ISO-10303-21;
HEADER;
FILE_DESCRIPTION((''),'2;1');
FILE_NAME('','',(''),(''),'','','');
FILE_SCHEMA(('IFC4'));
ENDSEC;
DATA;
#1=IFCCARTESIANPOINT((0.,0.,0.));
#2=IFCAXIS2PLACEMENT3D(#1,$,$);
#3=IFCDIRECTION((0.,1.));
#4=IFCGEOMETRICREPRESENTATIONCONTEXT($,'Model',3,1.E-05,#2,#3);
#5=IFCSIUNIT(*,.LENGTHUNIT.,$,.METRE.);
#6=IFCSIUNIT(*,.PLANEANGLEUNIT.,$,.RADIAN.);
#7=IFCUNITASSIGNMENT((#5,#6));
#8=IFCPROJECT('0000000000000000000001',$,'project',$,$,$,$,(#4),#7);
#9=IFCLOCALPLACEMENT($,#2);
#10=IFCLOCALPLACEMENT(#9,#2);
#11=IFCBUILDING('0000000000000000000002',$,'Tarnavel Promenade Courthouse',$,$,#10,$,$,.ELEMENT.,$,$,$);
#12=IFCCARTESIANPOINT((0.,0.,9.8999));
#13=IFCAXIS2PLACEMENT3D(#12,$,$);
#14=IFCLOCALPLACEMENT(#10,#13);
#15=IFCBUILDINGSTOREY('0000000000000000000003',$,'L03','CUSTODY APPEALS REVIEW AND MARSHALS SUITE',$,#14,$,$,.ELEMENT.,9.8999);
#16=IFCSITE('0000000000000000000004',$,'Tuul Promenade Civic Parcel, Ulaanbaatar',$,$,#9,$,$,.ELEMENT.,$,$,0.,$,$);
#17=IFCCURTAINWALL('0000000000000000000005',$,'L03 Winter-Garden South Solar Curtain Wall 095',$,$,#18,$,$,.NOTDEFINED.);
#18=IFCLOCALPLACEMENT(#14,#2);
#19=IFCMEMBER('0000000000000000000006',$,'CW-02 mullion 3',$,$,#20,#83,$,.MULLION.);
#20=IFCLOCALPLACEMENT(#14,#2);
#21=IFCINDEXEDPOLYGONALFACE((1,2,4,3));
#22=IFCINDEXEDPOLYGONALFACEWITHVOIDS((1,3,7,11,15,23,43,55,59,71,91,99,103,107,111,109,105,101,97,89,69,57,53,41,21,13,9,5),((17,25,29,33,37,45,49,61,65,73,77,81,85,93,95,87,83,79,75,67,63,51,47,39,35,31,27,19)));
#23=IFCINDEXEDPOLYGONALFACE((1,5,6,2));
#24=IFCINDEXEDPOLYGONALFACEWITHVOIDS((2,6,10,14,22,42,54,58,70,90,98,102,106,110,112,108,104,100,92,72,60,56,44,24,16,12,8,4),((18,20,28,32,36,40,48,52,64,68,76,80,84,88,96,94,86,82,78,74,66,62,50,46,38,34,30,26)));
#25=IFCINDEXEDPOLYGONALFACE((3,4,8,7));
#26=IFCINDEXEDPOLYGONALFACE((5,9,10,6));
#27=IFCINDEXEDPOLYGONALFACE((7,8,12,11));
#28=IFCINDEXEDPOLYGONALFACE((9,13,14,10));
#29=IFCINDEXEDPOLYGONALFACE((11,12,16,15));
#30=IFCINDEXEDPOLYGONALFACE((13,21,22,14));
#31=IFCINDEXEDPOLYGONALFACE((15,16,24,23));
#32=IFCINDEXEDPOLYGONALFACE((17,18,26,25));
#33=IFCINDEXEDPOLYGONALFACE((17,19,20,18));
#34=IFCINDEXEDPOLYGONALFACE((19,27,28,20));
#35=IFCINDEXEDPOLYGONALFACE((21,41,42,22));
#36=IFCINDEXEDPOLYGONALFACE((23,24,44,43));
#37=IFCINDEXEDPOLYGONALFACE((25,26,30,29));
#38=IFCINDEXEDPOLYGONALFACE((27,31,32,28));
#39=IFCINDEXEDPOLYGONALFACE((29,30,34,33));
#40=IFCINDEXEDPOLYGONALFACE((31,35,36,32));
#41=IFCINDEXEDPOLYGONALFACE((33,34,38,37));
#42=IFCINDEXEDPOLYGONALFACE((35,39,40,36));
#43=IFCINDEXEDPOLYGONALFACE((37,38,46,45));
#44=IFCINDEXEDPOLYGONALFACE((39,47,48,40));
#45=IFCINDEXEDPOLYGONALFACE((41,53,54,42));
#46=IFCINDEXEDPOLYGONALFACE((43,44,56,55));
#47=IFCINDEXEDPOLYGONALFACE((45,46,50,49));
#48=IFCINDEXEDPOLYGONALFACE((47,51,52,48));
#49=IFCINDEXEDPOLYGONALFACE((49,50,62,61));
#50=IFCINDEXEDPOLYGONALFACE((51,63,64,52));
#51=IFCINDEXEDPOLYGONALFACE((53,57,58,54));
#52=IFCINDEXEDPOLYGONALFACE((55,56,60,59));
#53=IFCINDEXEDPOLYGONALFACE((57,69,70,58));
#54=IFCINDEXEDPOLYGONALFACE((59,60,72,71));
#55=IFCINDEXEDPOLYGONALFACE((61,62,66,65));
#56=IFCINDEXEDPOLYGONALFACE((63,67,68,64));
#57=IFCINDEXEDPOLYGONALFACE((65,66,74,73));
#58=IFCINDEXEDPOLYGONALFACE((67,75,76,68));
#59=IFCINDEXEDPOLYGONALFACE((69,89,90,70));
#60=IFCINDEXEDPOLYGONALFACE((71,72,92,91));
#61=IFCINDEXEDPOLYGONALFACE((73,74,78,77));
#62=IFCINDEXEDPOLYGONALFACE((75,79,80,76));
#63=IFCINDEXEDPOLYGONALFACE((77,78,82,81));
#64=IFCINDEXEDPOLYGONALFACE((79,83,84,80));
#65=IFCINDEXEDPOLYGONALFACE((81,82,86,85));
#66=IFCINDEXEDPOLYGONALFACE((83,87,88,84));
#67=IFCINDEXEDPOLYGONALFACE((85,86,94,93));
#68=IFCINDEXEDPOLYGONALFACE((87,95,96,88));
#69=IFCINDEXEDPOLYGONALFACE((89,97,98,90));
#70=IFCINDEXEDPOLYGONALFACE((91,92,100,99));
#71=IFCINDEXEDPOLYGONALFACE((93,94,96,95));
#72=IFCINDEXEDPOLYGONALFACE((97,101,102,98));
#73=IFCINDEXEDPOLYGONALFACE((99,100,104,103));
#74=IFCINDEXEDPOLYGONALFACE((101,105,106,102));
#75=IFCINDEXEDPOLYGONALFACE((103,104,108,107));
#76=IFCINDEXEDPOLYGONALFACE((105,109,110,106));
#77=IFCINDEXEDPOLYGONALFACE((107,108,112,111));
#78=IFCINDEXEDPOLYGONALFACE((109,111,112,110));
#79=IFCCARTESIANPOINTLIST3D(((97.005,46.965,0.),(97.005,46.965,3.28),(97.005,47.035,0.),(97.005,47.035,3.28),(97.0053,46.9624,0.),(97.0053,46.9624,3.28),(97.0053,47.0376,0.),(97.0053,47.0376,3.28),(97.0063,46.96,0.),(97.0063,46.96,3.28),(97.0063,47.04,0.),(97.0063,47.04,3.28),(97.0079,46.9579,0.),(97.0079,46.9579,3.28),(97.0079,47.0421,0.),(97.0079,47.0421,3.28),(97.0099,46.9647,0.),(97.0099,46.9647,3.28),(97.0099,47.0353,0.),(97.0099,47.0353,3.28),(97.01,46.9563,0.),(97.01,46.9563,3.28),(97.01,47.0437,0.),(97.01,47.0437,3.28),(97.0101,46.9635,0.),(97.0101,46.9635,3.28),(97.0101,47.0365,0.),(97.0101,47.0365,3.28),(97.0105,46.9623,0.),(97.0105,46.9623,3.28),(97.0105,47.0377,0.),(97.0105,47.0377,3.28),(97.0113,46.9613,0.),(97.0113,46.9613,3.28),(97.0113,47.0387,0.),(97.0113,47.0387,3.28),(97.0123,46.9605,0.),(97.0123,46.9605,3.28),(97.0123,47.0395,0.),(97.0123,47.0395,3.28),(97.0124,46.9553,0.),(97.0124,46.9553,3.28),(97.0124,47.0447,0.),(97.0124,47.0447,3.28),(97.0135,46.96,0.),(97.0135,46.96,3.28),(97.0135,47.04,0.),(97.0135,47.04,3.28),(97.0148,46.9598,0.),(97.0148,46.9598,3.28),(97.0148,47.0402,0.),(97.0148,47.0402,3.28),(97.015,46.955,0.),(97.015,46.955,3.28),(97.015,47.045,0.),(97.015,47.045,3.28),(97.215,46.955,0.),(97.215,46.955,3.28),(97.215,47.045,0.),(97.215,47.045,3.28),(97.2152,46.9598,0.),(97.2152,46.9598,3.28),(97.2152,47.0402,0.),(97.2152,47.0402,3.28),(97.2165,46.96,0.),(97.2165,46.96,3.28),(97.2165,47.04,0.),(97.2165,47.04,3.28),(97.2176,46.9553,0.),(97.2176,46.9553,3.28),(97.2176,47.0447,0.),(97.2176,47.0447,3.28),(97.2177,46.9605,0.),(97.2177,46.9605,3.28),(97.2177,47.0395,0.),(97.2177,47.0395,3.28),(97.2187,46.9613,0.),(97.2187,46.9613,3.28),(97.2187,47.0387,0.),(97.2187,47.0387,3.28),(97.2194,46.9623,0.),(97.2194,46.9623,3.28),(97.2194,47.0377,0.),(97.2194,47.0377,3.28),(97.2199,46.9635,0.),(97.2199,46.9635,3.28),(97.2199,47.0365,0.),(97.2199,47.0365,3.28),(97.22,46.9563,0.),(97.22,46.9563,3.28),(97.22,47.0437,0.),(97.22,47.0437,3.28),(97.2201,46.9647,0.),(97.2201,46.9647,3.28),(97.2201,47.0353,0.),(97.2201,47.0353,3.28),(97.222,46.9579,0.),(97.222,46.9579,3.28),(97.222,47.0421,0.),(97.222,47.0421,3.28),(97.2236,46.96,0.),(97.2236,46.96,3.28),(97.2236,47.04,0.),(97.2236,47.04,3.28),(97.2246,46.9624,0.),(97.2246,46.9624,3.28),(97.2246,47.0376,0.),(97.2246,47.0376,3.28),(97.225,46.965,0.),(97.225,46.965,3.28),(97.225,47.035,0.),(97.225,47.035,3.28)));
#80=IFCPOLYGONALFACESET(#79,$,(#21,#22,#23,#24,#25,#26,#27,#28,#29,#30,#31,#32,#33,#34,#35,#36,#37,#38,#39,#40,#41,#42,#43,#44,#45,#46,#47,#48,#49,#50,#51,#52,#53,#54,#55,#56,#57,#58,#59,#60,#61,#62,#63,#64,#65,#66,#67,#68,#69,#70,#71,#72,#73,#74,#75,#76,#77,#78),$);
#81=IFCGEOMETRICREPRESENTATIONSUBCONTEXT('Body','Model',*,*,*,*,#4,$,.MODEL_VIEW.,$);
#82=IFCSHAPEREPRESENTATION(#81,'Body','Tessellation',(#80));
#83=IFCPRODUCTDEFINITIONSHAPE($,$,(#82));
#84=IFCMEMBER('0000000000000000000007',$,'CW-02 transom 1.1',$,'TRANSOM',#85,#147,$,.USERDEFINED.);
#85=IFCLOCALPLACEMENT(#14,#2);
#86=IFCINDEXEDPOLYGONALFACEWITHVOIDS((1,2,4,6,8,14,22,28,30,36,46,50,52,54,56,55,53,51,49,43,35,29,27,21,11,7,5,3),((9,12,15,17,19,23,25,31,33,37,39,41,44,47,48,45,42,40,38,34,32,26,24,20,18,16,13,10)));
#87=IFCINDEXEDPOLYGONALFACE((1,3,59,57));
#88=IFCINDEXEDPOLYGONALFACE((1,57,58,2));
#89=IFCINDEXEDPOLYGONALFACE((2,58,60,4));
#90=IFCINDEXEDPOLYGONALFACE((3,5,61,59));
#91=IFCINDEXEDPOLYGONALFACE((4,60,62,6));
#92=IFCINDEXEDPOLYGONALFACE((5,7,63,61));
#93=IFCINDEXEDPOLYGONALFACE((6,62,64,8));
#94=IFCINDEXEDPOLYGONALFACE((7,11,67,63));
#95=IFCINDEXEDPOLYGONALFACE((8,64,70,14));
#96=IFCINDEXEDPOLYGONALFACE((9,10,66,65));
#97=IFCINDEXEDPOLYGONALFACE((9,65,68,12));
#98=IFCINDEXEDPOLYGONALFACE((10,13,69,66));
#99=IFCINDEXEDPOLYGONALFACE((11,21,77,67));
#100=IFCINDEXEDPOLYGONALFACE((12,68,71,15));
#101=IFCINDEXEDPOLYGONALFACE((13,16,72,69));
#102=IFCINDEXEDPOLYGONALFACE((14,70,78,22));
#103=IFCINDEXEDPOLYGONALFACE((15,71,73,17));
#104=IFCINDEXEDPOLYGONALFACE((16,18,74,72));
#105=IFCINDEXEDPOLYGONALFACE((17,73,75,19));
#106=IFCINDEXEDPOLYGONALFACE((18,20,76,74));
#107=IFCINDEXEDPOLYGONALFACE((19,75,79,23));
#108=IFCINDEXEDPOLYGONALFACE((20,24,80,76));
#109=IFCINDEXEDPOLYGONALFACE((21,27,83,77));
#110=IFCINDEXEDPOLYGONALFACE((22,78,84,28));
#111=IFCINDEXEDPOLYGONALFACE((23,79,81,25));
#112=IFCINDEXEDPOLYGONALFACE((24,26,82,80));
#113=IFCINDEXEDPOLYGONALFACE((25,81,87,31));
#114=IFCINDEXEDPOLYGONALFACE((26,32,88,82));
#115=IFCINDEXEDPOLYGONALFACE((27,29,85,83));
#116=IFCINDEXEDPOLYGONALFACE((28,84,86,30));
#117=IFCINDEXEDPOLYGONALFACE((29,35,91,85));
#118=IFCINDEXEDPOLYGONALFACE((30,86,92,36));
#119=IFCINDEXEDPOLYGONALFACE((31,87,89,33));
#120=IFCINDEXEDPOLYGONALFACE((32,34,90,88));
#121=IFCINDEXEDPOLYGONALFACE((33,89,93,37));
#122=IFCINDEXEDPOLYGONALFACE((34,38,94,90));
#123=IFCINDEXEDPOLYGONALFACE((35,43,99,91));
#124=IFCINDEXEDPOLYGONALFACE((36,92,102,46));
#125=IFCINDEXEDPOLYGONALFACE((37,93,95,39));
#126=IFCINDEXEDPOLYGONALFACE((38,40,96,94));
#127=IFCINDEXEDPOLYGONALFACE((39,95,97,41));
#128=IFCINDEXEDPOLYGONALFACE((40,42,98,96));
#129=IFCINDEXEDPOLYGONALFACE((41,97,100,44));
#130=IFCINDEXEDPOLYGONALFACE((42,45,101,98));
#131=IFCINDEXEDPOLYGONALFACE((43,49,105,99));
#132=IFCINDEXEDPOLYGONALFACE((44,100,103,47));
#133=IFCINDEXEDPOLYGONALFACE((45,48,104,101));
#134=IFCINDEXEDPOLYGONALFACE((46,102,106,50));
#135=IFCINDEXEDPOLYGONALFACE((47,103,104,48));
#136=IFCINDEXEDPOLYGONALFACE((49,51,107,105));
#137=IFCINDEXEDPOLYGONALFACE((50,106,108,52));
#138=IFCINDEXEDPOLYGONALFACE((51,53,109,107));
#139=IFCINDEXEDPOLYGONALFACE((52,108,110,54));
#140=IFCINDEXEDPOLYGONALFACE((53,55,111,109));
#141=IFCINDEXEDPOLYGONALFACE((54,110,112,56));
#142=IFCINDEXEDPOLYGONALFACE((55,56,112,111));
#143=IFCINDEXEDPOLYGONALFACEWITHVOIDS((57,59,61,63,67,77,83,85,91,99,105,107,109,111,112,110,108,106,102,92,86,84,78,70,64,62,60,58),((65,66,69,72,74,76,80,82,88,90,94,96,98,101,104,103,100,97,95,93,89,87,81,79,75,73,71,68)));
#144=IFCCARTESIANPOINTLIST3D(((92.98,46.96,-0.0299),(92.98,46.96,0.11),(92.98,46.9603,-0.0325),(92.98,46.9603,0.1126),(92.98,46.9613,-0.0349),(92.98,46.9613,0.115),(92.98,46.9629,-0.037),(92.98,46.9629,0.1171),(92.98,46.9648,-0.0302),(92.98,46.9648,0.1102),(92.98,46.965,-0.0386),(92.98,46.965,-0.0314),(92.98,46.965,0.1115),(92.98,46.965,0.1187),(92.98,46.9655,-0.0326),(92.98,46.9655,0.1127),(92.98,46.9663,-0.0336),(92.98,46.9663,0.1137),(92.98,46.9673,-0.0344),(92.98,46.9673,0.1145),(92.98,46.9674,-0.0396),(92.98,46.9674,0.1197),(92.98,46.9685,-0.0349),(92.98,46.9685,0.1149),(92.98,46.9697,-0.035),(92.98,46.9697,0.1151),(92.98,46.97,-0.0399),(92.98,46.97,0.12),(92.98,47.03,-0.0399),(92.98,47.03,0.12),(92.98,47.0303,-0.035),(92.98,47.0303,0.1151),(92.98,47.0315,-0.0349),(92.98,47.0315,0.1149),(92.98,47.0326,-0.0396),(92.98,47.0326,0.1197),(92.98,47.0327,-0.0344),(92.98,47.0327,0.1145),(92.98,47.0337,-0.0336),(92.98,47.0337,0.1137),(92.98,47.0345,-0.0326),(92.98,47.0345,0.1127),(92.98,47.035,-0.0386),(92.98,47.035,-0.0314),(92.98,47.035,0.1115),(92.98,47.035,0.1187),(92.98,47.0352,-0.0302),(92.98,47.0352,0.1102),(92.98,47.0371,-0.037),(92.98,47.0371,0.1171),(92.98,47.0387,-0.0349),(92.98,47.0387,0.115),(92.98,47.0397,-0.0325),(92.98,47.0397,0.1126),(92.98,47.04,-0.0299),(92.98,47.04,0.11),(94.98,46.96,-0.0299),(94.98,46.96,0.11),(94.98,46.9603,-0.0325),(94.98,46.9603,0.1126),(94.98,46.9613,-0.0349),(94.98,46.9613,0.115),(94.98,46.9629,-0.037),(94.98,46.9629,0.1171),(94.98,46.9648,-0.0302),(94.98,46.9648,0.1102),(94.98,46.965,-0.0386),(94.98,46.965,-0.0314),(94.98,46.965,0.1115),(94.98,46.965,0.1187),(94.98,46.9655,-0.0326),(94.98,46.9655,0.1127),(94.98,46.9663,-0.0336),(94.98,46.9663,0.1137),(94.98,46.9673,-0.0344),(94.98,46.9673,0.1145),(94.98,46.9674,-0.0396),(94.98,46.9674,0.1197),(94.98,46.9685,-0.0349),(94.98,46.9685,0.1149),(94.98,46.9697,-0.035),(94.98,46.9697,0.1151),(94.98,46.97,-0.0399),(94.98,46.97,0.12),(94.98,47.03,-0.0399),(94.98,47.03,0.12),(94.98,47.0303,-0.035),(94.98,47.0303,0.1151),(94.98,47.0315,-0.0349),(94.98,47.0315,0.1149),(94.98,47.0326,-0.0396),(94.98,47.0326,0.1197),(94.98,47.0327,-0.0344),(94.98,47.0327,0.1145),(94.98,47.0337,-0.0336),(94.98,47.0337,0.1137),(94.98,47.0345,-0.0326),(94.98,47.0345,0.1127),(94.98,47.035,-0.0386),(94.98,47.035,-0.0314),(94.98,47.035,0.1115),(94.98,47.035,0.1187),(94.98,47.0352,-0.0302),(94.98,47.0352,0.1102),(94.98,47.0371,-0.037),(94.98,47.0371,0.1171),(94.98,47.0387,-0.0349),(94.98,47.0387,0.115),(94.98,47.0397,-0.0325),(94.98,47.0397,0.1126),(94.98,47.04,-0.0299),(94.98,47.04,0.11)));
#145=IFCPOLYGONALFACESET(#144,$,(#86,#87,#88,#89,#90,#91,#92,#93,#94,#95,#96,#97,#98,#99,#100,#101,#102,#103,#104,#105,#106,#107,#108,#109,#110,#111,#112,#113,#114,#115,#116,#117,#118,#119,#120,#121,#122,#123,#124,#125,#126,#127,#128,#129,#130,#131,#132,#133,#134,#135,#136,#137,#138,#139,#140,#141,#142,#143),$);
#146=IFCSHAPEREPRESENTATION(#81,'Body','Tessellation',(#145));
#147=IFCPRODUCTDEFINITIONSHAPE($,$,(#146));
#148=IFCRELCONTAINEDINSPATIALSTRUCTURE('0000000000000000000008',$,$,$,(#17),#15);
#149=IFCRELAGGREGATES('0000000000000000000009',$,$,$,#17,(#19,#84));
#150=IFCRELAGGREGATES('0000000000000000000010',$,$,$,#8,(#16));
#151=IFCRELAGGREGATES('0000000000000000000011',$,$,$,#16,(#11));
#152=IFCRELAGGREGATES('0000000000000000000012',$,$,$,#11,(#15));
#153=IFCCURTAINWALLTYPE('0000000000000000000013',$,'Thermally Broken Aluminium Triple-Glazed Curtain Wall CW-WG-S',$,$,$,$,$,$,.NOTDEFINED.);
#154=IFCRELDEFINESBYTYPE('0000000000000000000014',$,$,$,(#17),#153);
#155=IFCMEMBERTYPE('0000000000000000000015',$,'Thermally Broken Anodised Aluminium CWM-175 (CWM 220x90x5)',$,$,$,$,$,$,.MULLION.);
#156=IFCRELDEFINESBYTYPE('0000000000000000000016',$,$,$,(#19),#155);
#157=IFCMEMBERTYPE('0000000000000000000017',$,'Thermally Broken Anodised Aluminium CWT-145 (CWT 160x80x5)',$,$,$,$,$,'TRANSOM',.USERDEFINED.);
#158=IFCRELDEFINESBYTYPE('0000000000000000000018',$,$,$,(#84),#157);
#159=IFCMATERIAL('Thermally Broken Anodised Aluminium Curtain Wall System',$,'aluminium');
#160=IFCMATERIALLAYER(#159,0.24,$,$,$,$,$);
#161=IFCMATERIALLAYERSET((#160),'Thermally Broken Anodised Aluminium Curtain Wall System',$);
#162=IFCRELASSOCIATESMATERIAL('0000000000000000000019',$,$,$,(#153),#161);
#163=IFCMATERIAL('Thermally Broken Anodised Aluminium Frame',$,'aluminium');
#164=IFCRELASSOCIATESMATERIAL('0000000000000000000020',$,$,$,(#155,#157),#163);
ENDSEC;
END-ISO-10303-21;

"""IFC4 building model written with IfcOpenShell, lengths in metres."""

from ifc_helpers import new_model, si_unit, direction, frame, origin, origin_2d, place, context, subcontext, project, spatial, hollow_rectangle, extrude, material, layer, layer_set, material_profile, profile_set, type_object, element, aggregate, save


model = new_model("IFC4")

# Units and contexts
model_context = context("Model", 3, precision=1e-05, world=origin(), true_north=direction((0.0, 1.0)))
body_context = subcontext(model_context, "Body", "Model", "MODEL_VIEW")
ifc_project = project(units=[si_unit("LENGTHUNIT", "METRE"), si_unit("PLANEANGLEUNIT", "RADIAN")], contexts=[model_context])

# Site, building, storey
site_placement = place(None, origin())
site = spatial("IfcSite", under=ifc_project, at=site_placement, Name="Tuul Promenade Civic Parcel, Ulaanbaatar", CompositionType="ELEMENT", RefElevation=0.0)
building_placement = place(site_placement, origin())
building = spatial("IfcBuilding", under=site, at=building_placement, Name="Tarnavel Promenade Courthouse", CompositionType="ELEMENT")
storey_placement = place(building_placement, frame((0.0, 0.0, 9.8999)))
storey = spatial("IfcBuildingStorey", under=building, at=storey_placement, Name="L03", Description="CUSTODY APPEALS REVIEW AND MARSHALS SUITE", CompositionType="ELEMENT", Elevation=9.8999)

# Shared definitions
ifc_material_1 = material(Name="Thermally Broken Anodised Aluminium Curtain Wall System", Category="aluminium")
ifc_layer_1 = layer(ifc_material_1, 0.24)
ifc_layer_set_1 = layer_set([ifc_layer_1], Name="Thermally Broken Anodised Aluminium Curtain Wall System")
curtain_wall_type = type_object("IfcCurtainWallType", Name="Thermally Broken Aluminium Triple-Glazed Curtain Wall CW-WG-S", PredefinedType="NOTDEFINED", material=ifc_layer_set_1)
ifc_material_2 = material(Name="Thermally Broken Anodised Aluminium Frame", Category="aluminium")
ifc_material_profile_1 = material_profile(ifc_material_2, hollow_rectangle(XDim=0.0901, YDim=0.22, WallThickness=0.0049, InnerFilletRadius=0.0049, OuterFilletRadius=0.01, at=origin_2d()), Name="CWM 220x90x5")
ifc_profile_set_1 = profile_set([ifc_material_profile_1], Name="Thermally Broken Anodised Aluminium Frame")
member_type_1 = type_object("IfcMemberType", Name="Thermally Broken Anodised Aluminium CWM-175 (CWM 220x90x5)", PredefinedType="MULLION", material=ifc_profile_set_1)

# Curtain wall, members
curtain_wall_1_placement = place(storey_placement, origin())
curtain_wall_1 = element("IfcCurtainWall", 1, at=curtain_wall_1_placement, inside=storey, type_object=curtain_wall_type, Name="L03 Winter-Garden South Solar Curtain Wall 095", PredefinedType="NOTDEFINED")
member_1_placement = place(storey_placement, frame((97.115, 47.0, 0.0), z_axis=(0.0, 0.0, 1.0), x_axis=(0.0, 1.0, 0.0)))
member_1 = element("IfcMember", 2, at=member_1_placement, type_object=member_type_1, Name="CW-02 mullion 3", PredefinedType="MULLION", context=body_context, shape_type="SweptSolid", body=[
    extrude(hollow_rectangle(XDim=0.0901, YDim=0.22, WallThickness=0.0049, InnerFilletRadius=0.0049, OuterFilletRadius=0.01, at=origin_2d()), origin(), (0.0, 0.0, 1.0), 3.28),
])
ifc_material_profile_2 = material_profile(ifc_material_2, hollow_rectangle(XDim=0.0801, YDim=0.1599, WallThickness=0.0049, InnerFilletRadius=0.0049, OuterFilletRadius=0.01, at=origin_2d()), Name="CWT 160x80x5")
ifc_profile_set_2 = profile_set([ifc_material_profile_2], Name="Thermally Broken Anodised Aluminium Frame")
member_type_2 = type_object("IfcMemberType", Name="Thermally Broken Anodised Aluminium CWT-145 (CWT 160x80x5)", ElementType="TRANSOM", PredefinedType="USERDEFINED", material=ifc_profile_set_2)
member_2_placement = place(storey_placement, frame((92.98, 47.0, 0.04), z_axis=(1.0, 0.0, 0.0), x_axis=(0.0, 1.0, 0.0)))
member_2 = element("IfcMember", 3, at=member_2_placement, type_object=member_type_2, Name="CW-02 transom 1.1", ObjectType="TRANSOM", PredefinedType="USERDEFINED", context=body_context, shape_type="SweptSolid", body=[
    extrude(hollow_rectangle(XDim=0.0801, YDim=0.1599, WallThickness=0.0049, InnerFilletRadius=0.0049, OuterFilletRadius=0.01, at=origin_2d()), origin(), (0.0, 0.0, 1.0), 2.0),
])

aggregate(curtain_wall_1, [member_1, member_2])

save(model, "model.ifc")
